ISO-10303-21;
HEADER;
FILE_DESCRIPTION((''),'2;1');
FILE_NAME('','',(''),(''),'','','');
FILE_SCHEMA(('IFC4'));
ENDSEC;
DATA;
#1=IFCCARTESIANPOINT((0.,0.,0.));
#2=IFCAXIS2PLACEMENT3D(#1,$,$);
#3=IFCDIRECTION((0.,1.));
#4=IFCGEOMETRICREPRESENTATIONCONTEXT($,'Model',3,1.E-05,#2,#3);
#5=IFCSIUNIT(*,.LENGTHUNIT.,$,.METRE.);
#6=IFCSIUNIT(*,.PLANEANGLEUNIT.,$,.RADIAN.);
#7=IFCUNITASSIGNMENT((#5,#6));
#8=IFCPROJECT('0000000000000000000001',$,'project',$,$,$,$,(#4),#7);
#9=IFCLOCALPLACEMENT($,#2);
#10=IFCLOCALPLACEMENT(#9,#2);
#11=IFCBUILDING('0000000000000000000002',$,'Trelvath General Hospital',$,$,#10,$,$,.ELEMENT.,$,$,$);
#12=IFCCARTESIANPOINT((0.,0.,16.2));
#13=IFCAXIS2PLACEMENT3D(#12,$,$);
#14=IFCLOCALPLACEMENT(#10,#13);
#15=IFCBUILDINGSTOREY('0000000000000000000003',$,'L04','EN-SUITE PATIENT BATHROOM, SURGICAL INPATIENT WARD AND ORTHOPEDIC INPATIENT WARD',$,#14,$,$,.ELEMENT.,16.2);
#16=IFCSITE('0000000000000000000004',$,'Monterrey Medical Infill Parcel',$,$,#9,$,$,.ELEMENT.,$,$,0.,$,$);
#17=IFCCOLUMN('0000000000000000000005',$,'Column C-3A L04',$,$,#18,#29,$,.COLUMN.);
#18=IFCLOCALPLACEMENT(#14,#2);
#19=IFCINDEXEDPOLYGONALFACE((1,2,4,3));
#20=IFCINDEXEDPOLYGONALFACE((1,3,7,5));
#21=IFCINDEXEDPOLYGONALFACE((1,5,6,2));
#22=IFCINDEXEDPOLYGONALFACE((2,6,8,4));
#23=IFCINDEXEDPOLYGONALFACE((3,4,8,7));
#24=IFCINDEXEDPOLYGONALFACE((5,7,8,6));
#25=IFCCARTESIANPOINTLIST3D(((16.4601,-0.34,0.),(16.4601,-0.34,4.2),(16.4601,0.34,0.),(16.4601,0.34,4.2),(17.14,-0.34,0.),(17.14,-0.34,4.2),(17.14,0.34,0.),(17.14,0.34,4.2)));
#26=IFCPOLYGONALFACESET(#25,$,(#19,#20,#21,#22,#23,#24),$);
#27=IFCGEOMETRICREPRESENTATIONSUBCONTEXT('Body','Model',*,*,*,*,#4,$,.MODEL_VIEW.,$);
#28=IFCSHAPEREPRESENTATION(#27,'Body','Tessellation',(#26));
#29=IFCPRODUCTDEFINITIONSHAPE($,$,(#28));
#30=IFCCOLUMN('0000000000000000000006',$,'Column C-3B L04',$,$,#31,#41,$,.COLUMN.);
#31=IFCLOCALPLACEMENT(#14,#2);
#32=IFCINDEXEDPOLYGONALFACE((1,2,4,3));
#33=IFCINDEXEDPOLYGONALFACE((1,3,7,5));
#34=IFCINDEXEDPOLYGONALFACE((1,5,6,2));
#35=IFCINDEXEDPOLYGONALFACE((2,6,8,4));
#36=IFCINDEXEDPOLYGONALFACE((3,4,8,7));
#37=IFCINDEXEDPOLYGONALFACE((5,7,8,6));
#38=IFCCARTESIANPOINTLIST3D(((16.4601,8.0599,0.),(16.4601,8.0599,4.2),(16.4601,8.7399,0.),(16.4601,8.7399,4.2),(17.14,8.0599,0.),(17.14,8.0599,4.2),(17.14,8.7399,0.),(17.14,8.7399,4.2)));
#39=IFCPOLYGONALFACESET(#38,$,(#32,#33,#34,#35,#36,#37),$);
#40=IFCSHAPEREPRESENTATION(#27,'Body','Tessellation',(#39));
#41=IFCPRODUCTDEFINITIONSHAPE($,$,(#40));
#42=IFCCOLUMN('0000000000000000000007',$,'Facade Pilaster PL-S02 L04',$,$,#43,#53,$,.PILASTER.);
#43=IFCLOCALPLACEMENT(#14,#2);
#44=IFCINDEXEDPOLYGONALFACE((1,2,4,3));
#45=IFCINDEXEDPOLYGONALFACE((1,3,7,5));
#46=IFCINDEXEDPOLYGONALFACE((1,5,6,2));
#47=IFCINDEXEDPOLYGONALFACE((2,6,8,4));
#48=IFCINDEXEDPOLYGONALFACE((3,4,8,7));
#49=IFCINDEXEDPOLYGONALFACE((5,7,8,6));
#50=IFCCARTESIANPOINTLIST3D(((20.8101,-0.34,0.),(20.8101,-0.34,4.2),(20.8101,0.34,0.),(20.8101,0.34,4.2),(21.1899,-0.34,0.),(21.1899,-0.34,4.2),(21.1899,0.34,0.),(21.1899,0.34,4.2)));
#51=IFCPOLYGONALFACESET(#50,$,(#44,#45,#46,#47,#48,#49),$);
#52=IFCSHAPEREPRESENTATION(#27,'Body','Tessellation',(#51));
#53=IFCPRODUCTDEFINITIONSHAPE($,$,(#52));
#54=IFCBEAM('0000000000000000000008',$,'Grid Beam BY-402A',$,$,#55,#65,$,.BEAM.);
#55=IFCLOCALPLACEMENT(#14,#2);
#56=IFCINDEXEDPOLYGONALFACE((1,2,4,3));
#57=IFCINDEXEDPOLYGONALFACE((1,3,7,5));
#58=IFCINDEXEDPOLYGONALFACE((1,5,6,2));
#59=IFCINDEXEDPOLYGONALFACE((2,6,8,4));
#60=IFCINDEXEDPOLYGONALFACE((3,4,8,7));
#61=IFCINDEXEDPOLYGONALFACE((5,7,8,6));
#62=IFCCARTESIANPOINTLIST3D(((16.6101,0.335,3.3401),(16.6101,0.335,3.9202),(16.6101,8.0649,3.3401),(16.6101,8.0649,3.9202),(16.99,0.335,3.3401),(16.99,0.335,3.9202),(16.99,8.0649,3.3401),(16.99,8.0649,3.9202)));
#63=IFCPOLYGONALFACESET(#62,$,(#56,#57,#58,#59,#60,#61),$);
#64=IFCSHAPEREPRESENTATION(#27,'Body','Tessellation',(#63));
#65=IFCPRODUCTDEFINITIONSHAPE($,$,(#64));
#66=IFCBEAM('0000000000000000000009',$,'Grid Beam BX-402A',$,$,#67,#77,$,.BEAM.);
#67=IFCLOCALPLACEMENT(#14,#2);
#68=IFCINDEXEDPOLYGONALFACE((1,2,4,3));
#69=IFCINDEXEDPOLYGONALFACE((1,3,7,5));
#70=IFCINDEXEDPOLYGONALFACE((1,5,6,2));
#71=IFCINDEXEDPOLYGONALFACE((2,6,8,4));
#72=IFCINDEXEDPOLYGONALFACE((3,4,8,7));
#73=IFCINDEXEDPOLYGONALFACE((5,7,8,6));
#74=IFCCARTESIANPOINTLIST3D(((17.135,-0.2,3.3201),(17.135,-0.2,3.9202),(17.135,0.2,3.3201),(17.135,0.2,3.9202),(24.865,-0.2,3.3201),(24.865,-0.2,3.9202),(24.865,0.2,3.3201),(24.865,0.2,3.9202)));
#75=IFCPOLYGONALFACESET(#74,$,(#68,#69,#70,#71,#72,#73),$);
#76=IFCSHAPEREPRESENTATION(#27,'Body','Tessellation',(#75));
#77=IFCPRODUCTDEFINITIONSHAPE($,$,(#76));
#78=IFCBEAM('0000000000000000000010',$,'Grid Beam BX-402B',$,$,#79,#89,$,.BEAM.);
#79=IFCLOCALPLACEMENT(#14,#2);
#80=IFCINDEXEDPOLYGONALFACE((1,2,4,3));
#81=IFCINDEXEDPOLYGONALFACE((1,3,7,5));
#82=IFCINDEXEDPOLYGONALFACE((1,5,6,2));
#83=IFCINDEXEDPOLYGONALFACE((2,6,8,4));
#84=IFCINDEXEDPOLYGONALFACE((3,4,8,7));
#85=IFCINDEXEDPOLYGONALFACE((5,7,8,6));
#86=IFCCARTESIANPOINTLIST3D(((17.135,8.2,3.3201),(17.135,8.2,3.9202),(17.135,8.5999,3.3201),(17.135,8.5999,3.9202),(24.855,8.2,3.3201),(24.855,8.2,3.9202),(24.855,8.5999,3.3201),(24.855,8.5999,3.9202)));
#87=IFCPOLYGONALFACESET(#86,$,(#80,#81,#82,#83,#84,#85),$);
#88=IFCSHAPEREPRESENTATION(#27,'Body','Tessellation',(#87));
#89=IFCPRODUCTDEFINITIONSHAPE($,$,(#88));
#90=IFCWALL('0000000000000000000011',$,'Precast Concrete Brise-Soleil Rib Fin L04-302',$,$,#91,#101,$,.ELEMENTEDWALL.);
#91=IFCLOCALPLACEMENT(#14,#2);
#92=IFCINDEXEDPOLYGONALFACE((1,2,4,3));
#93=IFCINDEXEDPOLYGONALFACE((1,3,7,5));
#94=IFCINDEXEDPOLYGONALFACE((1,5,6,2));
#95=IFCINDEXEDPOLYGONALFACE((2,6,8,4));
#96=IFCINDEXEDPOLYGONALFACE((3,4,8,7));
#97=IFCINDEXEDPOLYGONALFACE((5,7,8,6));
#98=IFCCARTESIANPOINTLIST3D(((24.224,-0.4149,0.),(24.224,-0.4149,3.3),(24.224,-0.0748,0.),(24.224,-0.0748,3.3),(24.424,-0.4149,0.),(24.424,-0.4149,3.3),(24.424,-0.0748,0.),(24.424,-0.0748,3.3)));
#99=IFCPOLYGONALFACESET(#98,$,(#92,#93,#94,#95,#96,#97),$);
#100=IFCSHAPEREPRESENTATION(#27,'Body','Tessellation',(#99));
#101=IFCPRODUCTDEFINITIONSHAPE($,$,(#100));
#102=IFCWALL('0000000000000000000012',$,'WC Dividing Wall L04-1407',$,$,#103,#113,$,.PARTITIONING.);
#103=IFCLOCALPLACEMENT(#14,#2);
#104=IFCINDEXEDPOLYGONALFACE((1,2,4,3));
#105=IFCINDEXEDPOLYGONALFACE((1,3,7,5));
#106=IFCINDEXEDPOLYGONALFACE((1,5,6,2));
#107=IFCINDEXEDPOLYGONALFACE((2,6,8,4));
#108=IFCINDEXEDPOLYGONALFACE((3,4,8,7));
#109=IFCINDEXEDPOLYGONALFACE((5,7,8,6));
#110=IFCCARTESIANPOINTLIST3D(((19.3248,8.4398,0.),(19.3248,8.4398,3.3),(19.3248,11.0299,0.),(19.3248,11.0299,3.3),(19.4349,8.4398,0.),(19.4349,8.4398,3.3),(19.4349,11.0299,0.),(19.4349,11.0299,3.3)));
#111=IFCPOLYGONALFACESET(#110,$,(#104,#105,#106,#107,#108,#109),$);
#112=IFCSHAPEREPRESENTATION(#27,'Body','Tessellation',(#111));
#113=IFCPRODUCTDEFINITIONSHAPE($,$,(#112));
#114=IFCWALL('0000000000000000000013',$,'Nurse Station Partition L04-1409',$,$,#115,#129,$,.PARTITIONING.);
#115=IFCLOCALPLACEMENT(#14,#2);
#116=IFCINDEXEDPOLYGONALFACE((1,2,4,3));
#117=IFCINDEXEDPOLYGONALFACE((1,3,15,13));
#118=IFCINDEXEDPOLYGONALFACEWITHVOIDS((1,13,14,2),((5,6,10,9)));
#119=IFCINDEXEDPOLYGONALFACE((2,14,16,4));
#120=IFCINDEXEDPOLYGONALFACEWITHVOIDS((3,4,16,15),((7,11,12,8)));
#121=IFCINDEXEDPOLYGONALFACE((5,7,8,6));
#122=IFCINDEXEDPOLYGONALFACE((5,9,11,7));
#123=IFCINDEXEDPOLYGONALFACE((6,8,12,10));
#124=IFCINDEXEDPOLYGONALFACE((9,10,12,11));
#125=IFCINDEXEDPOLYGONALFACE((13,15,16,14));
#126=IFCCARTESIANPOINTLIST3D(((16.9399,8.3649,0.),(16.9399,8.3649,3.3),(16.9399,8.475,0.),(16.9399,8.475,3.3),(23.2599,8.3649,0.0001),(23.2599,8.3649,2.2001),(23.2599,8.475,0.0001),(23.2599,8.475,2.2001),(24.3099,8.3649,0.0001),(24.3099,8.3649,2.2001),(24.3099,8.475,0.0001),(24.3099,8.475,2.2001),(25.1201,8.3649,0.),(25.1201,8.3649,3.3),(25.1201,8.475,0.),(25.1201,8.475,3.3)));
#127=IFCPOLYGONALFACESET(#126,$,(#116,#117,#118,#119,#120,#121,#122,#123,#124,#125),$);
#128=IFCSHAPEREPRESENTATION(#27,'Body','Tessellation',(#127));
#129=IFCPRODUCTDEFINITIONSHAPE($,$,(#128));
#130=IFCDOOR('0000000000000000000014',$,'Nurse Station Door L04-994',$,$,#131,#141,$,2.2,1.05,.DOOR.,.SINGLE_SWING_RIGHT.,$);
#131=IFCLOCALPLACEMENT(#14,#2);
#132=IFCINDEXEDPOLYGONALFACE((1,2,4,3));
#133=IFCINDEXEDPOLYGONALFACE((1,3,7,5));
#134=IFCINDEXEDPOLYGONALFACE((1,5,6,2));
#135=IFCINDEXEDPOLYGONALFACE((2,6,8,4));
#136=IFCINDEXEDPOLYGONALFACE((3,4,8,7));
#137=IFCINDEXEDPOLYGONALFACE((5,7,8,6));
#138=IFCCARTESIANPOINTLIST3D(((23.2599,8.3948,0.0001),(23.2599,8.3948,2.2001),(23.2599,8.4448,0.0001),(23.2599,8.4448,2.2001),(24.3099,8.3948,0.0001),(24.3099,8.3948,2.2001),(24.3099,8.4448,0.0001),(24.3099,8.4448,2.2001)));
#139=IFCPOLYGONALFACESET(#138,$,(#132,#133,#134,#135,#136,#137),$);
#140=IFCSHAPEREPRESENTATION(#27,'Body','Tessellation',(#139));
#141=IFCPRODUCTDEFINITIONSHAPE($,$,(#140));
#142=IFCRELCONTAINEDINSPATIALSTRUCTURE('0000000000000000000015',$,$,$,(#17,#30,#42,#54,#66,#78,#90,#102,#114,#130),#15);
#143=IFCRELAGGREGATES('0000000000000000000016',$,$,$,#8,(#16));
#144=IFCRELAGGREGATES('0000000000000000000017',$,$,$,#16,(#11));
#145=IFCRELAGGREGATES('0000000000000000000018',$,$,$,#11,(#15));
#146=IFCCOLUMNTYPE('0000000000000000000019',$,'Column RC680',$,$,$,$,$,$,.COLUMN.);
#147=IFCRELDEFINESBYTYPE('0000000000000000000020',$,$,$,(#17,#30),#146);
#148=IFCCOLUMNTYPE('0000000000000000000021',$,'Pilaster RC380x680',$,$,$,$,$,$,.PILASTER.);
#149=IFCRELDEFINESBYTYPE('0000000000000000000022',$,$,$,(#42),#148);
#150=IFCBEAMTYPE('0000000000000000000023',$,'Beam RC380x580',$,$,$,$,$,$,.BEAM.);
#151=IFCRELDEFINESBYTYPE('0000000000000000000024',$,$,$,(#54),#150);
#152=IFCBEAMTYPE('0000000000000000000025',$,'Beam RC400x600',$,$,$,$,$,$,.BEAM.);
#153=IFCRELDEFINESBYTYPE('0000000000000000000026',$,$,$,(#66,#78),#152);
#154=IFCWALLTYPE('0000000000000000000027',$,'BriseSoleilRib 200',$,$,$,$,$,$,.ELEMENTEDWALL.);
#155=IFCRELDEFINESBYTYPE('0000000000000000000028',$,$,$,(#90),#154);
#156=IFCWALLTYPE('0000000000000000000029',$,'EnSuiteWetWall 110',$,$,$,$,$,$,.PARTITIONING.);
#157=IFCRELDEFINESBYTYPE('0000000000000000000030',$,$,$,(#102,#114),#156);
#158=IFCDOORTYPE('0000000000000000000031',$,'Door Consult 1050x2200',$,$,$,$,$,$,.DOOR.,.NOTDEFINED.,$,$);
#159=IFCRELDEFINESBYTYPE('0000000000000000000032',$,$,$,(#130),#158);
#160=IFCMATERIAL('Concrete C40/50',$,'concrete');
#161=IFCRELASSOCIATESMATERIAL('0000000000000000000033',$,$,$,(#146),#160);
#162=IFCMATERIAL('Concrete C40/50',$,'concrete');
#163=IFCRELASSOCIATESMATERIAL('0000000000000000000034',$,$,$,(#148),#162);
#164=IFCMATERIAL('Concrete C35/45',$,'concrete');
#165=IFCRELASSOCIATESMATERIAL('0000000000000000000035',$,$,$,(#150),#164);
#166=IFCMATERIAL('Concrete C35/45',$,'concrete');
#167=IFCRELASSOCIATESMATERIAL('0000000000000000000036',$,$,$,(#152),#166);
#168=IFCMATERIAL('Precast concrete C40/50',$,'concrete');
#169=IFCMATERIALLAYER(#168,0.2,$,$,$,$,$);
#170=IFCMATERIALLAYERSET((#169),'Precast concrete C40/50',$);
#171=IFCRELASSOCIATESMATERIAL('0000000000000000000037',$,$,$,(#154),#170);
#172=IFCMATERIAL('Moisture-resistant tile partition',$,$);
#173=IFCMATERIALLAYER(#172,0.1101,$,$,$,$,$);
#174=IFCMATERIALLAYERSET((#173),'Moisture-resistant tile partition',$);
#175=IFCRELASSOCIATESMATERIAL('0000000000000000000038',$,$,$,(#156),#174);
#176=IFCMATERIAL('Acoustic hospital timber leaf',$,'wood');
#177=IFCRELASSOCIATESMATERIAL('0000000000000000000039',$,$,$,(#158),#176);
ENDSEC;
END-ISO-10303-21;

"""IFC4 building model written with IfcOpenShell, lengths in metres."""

from ifc_helpers import new_model, si_unit, direction, frame, frame_2d, origin, origin_2d, place, context, subcontext, project, spatial, rectangle, extrude, material, layer, layer_set, material_profile, profile_set, type_object, element, fill, save


model = new_model("IFC4")

# Units and contexts
model_context = context("Model", 3, precision=1e-05, world=origin(), true_north=direction((0.0, 1.0)))
body_context = subcontext(model_context, "Body", "Model", "MODEL_VIEW")
ifc_project = project(units=[si_unit("LENGTHUNIT", "METRE"), si_unit("PLANEANGLEUNIT", "RADIAN")], contexts=[model_context])

# Site, building, storey
site_placement = place(None, origin())
site = spatial("IfcSite", under=ifc_project, at=site_placement, Name="Monterrey Medical Infill Parcel", CompositionType="ELEMENT", RefElevation=0.0)
building_placement = place(site_placement, origin())
building = spatial("IfcBuilding", under=site, at=building_placement, Name="Trelvath General Hospital", CompositionType="ELEMENT")
storey_placement = place(building_placement, frame((0.0, 0.0, 16.2)))
storey = spatial("IfcBuildingStorey", under=building, at=storey_placement, Name="L04", Description="EN-SUITE PATIENT BATHROOM, SURGICAL INPATIENT WARD AND ORTHOPEDIC INPATIENT WARD", CompositionType="ELEMENT", Elevation=16.2)

# Columns
ifc_material_1 = material(Name="Concrete C40/50", Category="concrete")
ifc_material_profile_1 = material_profile(ifc_material_1, rectangle(XDim=0.6799, YDim=0.6799, at=origin_2d()), Name="RC680x680")
ifc_profile_set_1 = profile_set([ifc_material_profile_1], Name="Concrete C40/50")
column_type_1 = type_object("IfcColumnType", Name="Column RC680", PredefinedType="COLUMN", material=ifc_profile_set_1)
for number, where, z_axis, x_axis, name in (
    (1, (16.8, 0.0, 0.0), (0.0, 0.0, 1.0), (1.0, 0.0, 0.0), "Column C-3A L04"),
    (2, (16.8, 8.3999, 0.0), (0.0, 0.0, 1.0), (1.0, 0.0, 0.0), "Column C-3B L04"),
):
    element("IfcColumn", number, at=place(storey_placement, frame(where, z_axis=z_axis, x_axis=x_axis)), inside=storey, type_object=column_type_1, Name=name, PredefinedType="COLUMN", context=body_context, shape_type="SweptSolid", body=[
        extrude(rectangle(XDim=0.6799, YDim=0.6799, at=origin_2d()), origin(), (0.0, 0.0, 1.0), 4.2),
    ])
ifc_material_2 = material(Name="Concrete C40/50", Category="concrete")
ifc_material_profile_2 = material_profile(ifc_material_2, rectangle(XDim=0.3799, YDim=0.6799, at=origin_2d()), Name="RC380x680")
ifc_profile_set_2 = profile_set([ifc_material_profile_2], Name="Concrete C40/50")
column_type_2 = type_object("IfcColumnType", Name="Pilaster RC380x680", PredefinedType="PILASTER", material=ifc_profile_set_2)
column_placement = place(storey_placement, frame((21.0, 0.0, 0.0), z_axis=(0.0, 0.0, 1.0), x_axis=(1.0, 0.0, 0.0)))
element("IfcColumn", 3, at=column_placement, inside=storey, type_object=column_type_2, Name="Facade Pilaster PL-S02 L04", PredefinedType="PILASTER", context=body_context, shape_type="SweptSolid", body=[
    extrude(rectangle(XDim=0.3799, YDim=0.6799, at=origin_2d()), origin(), (0.0, 0.0, 1.0), 4.2),
])

# Beams
ifc_material_3 = material(Name="Concrete C35/45", Category="concrete")
ifc_material_profile_3 = material_profile(ifc_material_3, rectangle(XDim=0.3799, YDim=0.5801, at=origin_2d()), Name="RCB380x580")
ifc_profile_set_3 = profile_set([ifc_material_profile_3], Name="Concrete C35/45")
beam_type_1 = type_object("IfcBeamType", Name="Beam RC380x580", PredefinedType="BEAM", material=ifc_profile_set_3)
beam_1_placement = place(storey_placement, frame((16.8, 0.335, 3.6301), z_axis=(0.0, 1.0, 0.0), x_axis=(-1.0, 0.0, 0.0)))
element("IfcBeam", 4, at=beam_1_placement, inside=storey, type_object=beam_type_1, Name="Grid Beam BY-402A", PredefinedType="BEAM", context=body_context, shape_type="SweptSolid", body=[
    extrude(rectangle(XDim=0.3799, YDim=0.5801, at=origin_2d()), origin(), (0.0, 0.0, 1.0), 7.73),
])
ifc_material_4 = material(Name="Concrete C35/45", Category="concrete")
ifc_material_profile_4 = material_profile(ifc_material_4, rectangle(XDim=0.3999, YDim=0.6001, at=origin_2d()), Name="RCB400x600")
ifc_profile_set_4 = profile_set([ifc_material_profile_4], Name="Concrete C35/45")
beam_type_2 = type_object("IfcBeamType", Name="Beam RC400x600", PredefinedType="BEAM", material=ifc_profile_set_4)
beam_2_placement = place(storey_placement, frame((17.135, 0.0, 3.6201), z_axis=(1.0, 0.0, 0.0), x_axis=(0.0, 1.0, 0.0)))
element("IfcBeam", 5, at=beam_2_placement, inside=storey, type_object=beam_type_2, Name="Grid Beam BX-402A", PredefinedType="BEAM", context=body_context, shape_type="SweptSolid", body=[
    extrude(rectangle(XDim=0.3999, YDim=0.6001, at=origin_2d()), origin(), (0.0, 0.0, 1.0), 7.73),
])
beam_3_placement = place(storey_placement, frame((17.135, 8.3999, 3.6201), z_axis=(1.0, 0.0, 0.0), x_axis=(0.0, 1.0, 0.0)))
element("IfcBeam", 6, at=beam_3_placement, inside=storey, type_object=beam_type_2, Name="Grid Beam BX-402B", PredefinedType="BEAM", context=body_context, shape_type="SweptSolid", body=[
    extrude(rectangle(XDim=0.3999, YDim=0.6001, at=origin_2d()), origin(), (0.0, 0.0, 1.0), 7.72),
])

# Walls
ifc_material_5 = material(Name="Precast concrete C40/50", Category="concrete")
ifc_layer_1 = layer(ifc_material_5, 0.2)
ifc_layer_set_1 = layer_set([ifc_layer_1], Name="Precast concrete C40/50")
wall_type_1 = type_object("IfcWallType", Name="BriseSoleilRib 200", PredefinedType="ELEMENTEDWALL", material=ifc_layer_set_1)
wall_1_placement = place(storey_placement, frame((24.324, -0.075, 0.0), z_axis=(0.0, 0.0, 1.0), x_axis=(0.0, -1.0, 0.0)))
element("IfcWall", 7, at=wall_1_placement, inside=storey, type_object=wall_type_1, Name="Precast Concrete Brise-Soleil Rib Fin L04-302", PredefinedType="ELEMENTEDWALL", context=body_context, shape_type="SweptSolid", body=[
    extrude(rectangle(XDim=0.3401, YDim=0.2, at=frame_2d((0.1699, 0.0))), origin(), (0.0, 0.0, 1.0), 3.3),
])
ifc_material_6 = material(Name="Moisture-resistant tile partition")
ifc_layer_2 = layer(ifc_material_6, 0.1101)
ifc_layer_set_2 = layer_set([ifc_layer_2], Name="Moisture-resistant tile partition")
wall_type_2 = type_object("IfcWallType", Name="EnSuiteWetWall 110", PredefinedType="PARTITIONING", material=ifc_layer_set_2)
wall_2_placement = place(storey_placement, frame((19.3799, 8.4399, 0.0), z_axis=(0.0, 0.0, 1.0), x_axis=(0.0, 1.0, 0.0)))
element("IfcWall", 8, at=wall_2_placement, inside=storey, type_object=wall_type_2, Name="WC Dividing Wall L04-1407", PredefinedType="PARTITIONING", context=body_context, shape_type="SweptSolid", body=[
    extrude(rectangle(XDim=2.5901, YDim=0.1101, at=frame_2d((1.2949, 0.0))), origin(), (0.0, 0.0, 1.0), 3.3),
])

# Wall, opening, door
wall_3_placement = place(storey_placement, frame((16.9399, 8.4199, 0.0), z_axis=(0.0, 0.0, 1.0), x_axis=(1.0, 0.0, 0.0)))
wall_3 = element("IfcWall", 9, at=wall_3_placement, inside=storey, type_object=wall_type_2, Name="Nurse Station Partition L04-1409", PredefinedType="PARTITIONING", context=body_context, shape_type="SweptSolid", body=[
    extrude(rectangle(XDim=8.1802, YDim=0.1101, at=frame_2d((4.0901, 0.0))), origin(), (0.0, 0.0, 1.0), 3.3),
])
opening_1_placement = place(wall_3_placement, frame((6.3201, 0.0, 0.0)))
opening_1 = element("IfcOpeningElement", 10, at=opening_1_placement, cuts=wall_3, PredefinedType="OPENING", context=body_context, shape_type="SweptSolid", body=[
    extrude(rectangle(XDim=1.05, YDim=2.2, at=frame_2d((0.5249, 1.1001))), frame((0.0, 0.0649, 0.0), z_axis=(0.0, -1.0, 0.0), x_axis=(1.0, 0.0, 0.0)), (0.0, 0.0, 1.0), 0.1301),
])
ifc_material_7 = material(Name="Acoustic hospital timber leaf", Category="wood")
door_type = type_object("IfcDoorType", Name="Door Consult 1050x2200", OperationType="NOTDEFINED", PredefinedType="DOOR", material=ifc_material_7)
door_placement = place(opening_1_placement, origin())
door = element("IfcDoor", 11, at=door_placement, inside=storey, type_object=door_type, Name="Nurse Station Door L04-994", OperationType="SINGLE_SWING_RIGHT", OverallHeight=2.2, OverallWidth=1.05, PredefinedType="DOOR", context=body_context, shape_type="SweptSolid", body=[
    extrude(rectangle(XDim=1.05, YDim=2.2, at=frame_2d((0.5249, 1.1001))), frame((0.0, 0.0249, 0.0), z_axis=(0.0, -1.0, 0.0), x_axis=(1.0, 0.0, 0.0)), (0.0, 0.0, 1.0), 0.05),
])
fill(opening_1, door)

save(model, "model.ifc")
